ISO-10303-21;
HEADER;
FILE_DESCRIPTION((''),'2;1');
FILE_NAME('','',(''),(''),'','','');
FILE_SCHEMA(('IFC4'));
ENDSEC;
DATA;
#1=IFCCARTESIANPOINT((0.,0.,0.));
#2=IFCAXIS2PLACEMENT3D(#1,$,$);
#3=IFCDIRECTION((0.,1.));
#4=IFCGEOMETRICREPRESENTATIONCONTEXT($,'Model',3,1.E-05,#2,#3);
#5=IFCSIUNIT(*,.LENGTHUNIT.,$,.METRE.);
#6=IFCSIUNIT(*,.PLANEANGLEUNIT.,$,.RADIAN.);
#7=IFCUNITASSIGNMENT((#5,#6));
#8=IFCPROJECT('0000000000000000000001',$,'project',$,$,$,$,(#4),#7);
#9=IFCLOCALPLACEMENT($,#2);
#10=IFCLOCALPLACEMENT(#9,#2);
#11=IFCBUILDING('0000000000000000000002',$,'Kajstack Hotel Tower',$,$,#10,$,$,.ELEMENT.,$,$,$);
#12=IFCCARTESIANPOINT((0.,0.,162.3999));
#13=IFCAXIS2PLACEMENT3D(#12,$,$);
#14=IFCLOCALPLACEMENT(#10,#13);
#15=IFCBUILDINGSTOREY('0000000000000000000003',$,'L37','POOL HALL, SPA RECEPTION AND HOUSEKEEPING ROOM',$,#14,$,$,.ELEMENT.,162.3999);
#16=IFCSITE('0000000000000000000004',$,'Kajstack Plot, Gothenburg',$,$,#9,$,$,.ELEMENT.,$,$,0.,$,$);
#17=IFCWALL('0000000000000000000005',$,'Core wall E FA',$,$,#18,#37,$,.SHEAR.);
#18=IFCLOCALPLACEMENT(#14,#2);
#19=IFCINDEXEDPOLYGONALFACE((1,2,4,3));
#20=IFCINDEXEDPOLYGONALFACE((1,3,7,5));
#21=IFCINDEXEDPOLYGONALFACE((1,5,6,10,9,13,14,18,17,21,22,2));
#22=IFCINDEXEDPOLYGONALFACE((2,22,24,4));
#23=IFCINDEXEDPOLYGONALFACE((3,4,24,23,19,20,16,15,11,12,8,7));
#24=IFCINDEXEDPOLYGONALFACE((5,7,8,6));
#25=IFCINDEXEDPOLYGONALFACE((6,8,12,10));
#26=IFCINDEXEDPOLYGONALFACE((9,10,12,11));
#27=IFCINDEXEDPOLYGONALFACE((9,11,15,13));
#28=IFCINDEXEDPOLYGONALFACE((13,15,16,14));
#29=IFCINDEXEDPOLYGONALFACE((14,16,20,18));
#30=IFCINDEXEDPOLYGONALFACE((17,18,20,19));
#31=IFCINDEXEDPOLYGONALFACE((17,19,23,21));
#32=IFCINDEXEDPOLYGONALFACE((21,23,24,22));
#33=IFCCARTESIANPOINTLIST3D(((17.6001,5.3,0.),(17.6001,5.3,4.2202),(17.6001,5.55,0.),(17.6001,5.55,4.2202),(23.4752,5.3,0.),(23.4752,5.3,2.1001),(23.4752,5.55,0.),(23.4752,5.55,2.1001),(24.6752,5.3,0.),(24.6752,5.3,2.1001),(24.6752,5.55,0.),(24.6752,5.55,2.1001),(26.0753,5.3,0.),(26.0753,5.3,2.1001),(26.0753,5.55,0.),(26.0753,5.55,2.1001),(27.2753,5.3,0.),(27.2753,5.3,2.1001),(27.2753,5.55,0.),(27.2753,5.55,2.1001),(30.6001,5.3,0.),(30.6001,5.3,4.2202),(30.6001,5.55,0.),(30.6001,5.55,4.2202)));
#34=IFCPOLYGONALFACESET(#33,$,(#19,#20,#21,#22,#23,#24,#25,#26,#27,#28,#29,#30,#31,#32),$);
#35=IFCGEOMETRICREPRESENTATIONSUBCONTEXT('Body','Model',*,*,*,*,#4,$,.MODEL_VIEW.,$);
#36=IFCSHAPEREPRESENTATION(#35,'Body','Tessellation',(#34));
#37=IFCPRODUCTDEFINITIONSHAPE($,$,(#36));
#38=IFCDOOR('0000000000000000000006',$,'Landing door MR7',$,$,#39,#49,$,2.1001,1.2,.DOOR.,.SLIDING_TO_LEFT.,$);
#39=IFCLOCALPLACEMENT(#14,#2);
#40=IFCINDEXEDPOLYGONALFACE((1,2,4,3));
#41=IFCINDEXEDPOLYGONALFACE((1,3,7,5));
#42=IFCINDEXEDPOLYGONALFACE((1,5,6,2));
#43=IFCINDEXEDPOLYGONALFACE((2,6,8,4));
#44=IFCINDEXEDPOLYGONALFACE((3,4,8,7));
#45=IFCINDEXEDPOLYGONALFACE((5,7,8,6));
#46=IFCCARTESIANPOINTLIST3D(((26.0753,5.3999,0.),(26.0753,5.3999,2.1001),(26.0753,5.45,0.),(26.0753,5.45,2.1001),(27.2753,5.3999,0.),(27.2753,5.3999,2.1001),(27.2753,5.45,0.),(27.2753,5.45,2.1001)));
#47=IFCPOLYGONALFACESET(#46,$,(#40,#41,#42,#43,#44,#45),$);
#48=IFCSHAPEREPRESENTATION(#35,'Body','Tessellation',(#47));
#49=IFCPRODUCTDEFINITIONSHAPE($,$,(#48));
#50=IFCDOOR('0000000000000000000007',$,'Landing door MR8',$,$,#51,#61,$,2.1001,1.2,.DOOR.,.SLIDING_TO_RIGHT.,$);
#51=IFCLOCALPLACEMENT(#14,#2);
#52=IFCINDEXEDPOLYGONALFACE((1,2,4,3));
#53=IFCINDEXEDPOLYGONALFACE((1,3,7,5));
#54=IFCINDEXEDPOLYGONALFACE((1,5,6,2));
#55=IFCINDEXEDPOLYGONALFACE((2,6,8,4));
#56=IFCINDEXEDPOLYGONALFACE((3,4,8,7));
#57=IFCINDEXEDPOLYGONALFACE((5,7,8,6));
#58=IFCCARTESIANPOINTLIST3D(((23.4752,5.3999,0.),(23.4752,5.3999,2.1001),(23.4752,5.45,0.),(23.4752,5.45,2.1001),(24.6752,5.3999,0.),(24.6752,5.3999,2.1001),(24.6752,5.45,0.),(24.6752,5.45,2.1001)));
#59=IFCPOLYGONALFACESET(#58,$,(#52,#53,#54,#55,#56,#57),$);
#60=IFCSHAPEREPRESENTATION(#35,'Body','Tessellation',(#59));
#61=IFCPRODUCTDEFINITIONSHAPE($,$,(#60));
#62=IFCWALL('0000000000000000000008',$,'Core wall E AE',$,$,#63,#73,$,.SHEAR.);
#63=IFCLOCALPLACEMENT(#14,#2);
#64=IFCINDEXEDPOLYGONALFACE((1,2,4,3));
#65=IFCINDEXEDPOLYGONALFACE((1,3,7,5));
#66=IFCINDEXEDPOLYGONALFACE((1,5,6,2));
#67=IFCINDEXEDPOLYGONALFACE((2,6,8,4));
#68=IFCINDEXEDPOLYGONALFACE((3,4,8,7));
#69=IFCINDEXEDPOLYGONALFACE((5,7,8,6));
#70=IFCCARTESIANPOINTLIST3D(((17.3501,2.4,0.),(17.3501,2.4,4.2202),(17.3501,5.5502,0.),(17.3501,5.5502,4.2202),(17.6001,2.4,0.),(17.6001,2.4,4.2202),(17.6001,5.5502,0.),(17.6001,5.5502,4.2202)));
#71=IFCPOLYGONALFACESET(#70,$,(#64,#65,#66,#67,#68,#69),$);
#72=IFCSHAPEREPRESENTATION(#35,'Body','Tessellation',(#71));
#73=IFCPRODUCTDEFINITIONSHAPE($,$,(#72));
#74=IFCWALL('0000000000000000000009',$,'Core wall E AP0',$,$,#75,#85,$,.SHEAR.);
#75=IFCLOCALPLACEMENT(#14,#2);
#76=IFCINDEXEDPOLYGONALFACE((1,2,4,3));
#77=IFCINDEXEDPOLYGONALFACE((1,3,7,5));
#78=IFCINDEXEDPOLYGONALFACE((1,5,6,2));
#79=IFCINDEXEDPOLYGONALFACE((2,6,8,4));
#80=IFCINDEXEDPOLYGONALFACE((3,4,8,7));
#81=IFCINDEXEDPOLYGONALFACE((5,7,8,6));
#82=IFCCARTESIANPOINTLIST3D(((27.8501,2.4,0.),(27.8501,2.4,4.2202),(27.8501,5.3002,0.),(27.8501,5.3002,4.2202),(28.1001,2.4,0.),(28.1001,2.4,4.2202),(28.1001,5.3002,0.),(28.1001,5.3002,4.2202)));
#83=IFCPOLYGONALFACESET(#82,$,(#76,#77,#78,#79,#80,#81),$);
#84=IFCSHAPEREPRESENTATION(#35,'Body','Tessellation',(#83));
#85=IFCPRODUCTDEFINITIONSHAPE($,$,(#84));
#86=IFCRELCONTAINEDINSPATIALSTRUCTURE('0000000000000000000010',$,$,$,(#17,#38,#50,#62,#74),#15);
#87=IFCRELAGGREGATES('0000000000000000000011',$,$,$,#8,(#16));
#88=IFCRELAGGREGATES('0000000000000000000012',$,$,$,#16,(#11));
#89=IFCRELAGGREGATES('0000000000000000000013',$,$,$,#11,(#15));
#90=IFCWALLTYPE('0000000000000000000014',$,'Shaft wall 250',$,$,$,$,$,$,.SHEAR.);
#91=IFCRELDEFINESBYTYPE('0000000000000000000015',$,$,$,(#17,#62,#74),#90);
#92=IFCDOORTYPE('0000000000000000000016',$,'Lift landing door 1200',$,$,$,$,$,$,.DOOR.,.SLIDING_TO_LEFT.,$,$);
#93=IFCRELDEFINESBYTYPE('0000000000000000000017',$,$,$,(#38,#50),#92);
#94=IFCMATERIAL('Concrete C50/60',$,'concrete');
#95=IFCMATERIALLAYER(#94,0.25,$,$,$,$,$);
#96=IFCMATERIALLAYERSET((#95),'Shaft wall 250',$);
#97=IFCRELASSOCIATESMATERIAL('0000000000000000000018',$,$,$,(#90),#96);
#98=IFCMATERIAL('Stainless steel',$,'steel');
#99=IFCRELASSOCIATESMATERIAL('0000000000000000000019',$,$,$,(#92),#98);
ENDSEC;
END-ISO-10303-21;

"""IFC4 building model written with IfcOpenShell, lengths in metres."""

from ifc_helpers import new_model, si_unit, direction, frame, frame_2d, origin, place, context, subcontext, project, spatial, rectangle, extrude, material, layer, layer_set, type_object, element, fill, save


model = new_model("IFC4")

# Units and contexts
model_context = context("Model", 3, precision=1e-05, world=origin(), true_north=direction((0.0, 1.0)))
body_context = subcontext(model_context, "Body", "Model", "MODEL_VIEW")
ifc_project = project(units=[si_unit("LENGTHUNIT", "METRE"), si_unit("PLANEANGLEUNIT", "RADIAN")], contexts=[model_context])

# Site, building, storey
site_placement = place(None, origin())
site = spatial("IfcSite", under=ifc_project, at=site_placement, Name="Kajstack Plot, Gothenburg", CompositionType="ELEMENT", RefElevation=0.0)
building_placement = place(site_placement, origin())
building = spatial("IfcBuilding", under=site, at=building_placement, Name="Kajstack Hotel Tower", CompositionType="ELEMENT")
storey_placement = place(building_placement, frame((0.0, 0.0, 162.3999)))
storey = spatial("IfcBuildingStorey", under=building, at=storey_placement, Name="L37", Description="POOL HALL, SPA RECEPTION AND HOUSEKEEPING ROOM", CompositionType="ELEMENT", Elevation=162.3999)

# Shared definitions
ifc_material_1 = material(Name="Stainless steel", Category="steel")

# Shared definitions
ifc_material_2 = material(Name="Concrete C50/60", Category="concrete")

# Wall, openings, doors
ifc_layer_1 = layer(ifc_material_2, 0.25)
ifc_layer_set_1 = layer_set([ifc_layer_1], Name="Shaft wall 250")
wall_type_1 = type_object("IfcWallType", Name="Shaft wall 250", PredefinedType="SHEAR", material=ifc_layer_set_1)
wall_1_placement = place(storey_placement, frame((17.6001, 5.425, 0.0), z_axis=(0.0, 0.0, 1.0), x_axis=(1.0, 0.0, 0.0)))
wall_1 = element("IfcWall", 1, at=wall_1_placement, inside=storey, type_object=wall_type_1, Name="Core wall E FA", PredefinedType="SHEAR", context=body_context, shape_type="SweptSolid", body=[
    extrude(rectangle(XDim=13.0, YDim=0.25, at=frame_2d((6.5, 0.0))), origin(), (0.0, 0.0, 1.0), 4.2202),
])
opening_1_placement = place(wall_1_placement, frame((8.4751, 0.0, 0.0)))
opening_1 = element("IfcOpeningElement", 2, at=opening_1_placement, cuts=wall_1, PredefinedType="OPENING", context=body_context, shape_type="SweptSolid", body=[
    extrude(rectangle(XDim=1.2, YDim=2.1001, at=frame_2d((0.6001, 1.05))), frame((0.0, 0.135, 0.0), z_axis=(0.0, -1.0, 0.0), x_axis=(1.0, 0.0, 0.0)), (0.0, 0.0, 1.0), 0.27),
])
opening_2_placement = place(wall_1_placement, frame((5.875, 0.0, 0.0)))
opening_2 = element("IfcOpeningElement", 3, at=opening_2_placement, cuts=wall_1, PredefinedType="OPENING", context=body_context, shape_type="SweptSolid", body=[
    extrude(rectangle(XDim=1.2, YDim=2.1001, at=frame_2d((0.6001, 1.05))), frame((0.0, 0.135, 0.0), z_axis=(0.0, -1.0, 0.0), x_axis=(1.0, 0.0, 0.0)), (0.0, 0.0, 1.0), 0.27),
])
door_type_1 = type_object("IfcDoorType", Name="Lift landing door 1200", OperationType="SLIDING_TO_LEFT", PredefinedType="DOOR", material=ifc_material_1)
door_1_placement = place(opening_1_placement, origin())
door_1 = element("IfcDoor", 4, at=door_1_placement, inside=storey, type_object=door_type_1, Name="Landing door MR7", OperationType="SLIDING_TO_LEFT", OverallHeight=2.1001, OverallWidth=1.2, PredefinedType="DOOR", context=body_context, shape_type="SweptSolid", body=[
    extrude(rectangle(XDim=1.2, YDim=2.1001, at=frame_2d((0.6001, 1.05))), frame((0.0, 0.0249, 0.0), z_axis=(0.0, -1.0, 0.0), x_axis=(1.0, 0.0, 0.0)), (0.0, 0.0, 1.0), 0.05),
])
fill(opening_1, door_1)
door_2_placement = place(opening_2_placement, origin())
door_2 = element("IfcDoor", 5, at=door_2_placement, inside=storey, type_object=door_type_1, Name="Landing door MR8", OperationType="SLIDING_TO_RIGHT", OverallHeight=2.1001, OverallWidth=1.2, PredefinedType="DOOR", context=body_context, shape_type="SweptSolid", body=[
    extrude(rectangle(XDim=1.2, YDim=2.1001, at=frame_2d((0.6001, 1.05))), frame((0.0, 0.0249, 0.0), z_axis=(0.0, -1.0, 0.0), x_axis=(1.0, 0.0, 0.0)), (0.0, 0.0, 1.0), 0.05),
])
fill(opening_2, door_2)

# Walls
wall_2_placement = place(storey_placement, frame((17.4751, 2.3999, 0.0), z_axis=(0.0, 0.0, 1.0), x_axis=(0.0, 1.0, 0.0)))
element("IfcWall", 6, at=wall_2_placement, inside=storey, type_object=wall_type_1, Name="Core wall E AE", PredefinedType="SHEAR", context=body_context, shape_type="SweptSolid", body=[
    extrude(rectangle(XDim=3.1501, YDim=0.25, at=frame_2d((1.5752, 0.0))), origin(), (0.0, 0.0, 1.0), 4.2202),
])
wall_3_placement = place(storey_placement, frame((27.9751, 2.3999, 0.0), z_axis=(0.0, 0.0, 1.0), x_axis=(0.0, 1.0, 0.0)))
element("IfcWall", 7, at=wall_3_placement, inside=storey, type_object=wall_type_1, Name="Core wall E AP0", PredefinedType="SHEAR", context=body_context, shape_type="SweptSolid", body=[
    extrude(rectangle(XDim=2.9001, YDim=0.25, at=frame_2d((1.4502, 0.0))), origin(), (0.0, 0.0, 1.0), 4.2202),
])

save(model, "model.ifc")
